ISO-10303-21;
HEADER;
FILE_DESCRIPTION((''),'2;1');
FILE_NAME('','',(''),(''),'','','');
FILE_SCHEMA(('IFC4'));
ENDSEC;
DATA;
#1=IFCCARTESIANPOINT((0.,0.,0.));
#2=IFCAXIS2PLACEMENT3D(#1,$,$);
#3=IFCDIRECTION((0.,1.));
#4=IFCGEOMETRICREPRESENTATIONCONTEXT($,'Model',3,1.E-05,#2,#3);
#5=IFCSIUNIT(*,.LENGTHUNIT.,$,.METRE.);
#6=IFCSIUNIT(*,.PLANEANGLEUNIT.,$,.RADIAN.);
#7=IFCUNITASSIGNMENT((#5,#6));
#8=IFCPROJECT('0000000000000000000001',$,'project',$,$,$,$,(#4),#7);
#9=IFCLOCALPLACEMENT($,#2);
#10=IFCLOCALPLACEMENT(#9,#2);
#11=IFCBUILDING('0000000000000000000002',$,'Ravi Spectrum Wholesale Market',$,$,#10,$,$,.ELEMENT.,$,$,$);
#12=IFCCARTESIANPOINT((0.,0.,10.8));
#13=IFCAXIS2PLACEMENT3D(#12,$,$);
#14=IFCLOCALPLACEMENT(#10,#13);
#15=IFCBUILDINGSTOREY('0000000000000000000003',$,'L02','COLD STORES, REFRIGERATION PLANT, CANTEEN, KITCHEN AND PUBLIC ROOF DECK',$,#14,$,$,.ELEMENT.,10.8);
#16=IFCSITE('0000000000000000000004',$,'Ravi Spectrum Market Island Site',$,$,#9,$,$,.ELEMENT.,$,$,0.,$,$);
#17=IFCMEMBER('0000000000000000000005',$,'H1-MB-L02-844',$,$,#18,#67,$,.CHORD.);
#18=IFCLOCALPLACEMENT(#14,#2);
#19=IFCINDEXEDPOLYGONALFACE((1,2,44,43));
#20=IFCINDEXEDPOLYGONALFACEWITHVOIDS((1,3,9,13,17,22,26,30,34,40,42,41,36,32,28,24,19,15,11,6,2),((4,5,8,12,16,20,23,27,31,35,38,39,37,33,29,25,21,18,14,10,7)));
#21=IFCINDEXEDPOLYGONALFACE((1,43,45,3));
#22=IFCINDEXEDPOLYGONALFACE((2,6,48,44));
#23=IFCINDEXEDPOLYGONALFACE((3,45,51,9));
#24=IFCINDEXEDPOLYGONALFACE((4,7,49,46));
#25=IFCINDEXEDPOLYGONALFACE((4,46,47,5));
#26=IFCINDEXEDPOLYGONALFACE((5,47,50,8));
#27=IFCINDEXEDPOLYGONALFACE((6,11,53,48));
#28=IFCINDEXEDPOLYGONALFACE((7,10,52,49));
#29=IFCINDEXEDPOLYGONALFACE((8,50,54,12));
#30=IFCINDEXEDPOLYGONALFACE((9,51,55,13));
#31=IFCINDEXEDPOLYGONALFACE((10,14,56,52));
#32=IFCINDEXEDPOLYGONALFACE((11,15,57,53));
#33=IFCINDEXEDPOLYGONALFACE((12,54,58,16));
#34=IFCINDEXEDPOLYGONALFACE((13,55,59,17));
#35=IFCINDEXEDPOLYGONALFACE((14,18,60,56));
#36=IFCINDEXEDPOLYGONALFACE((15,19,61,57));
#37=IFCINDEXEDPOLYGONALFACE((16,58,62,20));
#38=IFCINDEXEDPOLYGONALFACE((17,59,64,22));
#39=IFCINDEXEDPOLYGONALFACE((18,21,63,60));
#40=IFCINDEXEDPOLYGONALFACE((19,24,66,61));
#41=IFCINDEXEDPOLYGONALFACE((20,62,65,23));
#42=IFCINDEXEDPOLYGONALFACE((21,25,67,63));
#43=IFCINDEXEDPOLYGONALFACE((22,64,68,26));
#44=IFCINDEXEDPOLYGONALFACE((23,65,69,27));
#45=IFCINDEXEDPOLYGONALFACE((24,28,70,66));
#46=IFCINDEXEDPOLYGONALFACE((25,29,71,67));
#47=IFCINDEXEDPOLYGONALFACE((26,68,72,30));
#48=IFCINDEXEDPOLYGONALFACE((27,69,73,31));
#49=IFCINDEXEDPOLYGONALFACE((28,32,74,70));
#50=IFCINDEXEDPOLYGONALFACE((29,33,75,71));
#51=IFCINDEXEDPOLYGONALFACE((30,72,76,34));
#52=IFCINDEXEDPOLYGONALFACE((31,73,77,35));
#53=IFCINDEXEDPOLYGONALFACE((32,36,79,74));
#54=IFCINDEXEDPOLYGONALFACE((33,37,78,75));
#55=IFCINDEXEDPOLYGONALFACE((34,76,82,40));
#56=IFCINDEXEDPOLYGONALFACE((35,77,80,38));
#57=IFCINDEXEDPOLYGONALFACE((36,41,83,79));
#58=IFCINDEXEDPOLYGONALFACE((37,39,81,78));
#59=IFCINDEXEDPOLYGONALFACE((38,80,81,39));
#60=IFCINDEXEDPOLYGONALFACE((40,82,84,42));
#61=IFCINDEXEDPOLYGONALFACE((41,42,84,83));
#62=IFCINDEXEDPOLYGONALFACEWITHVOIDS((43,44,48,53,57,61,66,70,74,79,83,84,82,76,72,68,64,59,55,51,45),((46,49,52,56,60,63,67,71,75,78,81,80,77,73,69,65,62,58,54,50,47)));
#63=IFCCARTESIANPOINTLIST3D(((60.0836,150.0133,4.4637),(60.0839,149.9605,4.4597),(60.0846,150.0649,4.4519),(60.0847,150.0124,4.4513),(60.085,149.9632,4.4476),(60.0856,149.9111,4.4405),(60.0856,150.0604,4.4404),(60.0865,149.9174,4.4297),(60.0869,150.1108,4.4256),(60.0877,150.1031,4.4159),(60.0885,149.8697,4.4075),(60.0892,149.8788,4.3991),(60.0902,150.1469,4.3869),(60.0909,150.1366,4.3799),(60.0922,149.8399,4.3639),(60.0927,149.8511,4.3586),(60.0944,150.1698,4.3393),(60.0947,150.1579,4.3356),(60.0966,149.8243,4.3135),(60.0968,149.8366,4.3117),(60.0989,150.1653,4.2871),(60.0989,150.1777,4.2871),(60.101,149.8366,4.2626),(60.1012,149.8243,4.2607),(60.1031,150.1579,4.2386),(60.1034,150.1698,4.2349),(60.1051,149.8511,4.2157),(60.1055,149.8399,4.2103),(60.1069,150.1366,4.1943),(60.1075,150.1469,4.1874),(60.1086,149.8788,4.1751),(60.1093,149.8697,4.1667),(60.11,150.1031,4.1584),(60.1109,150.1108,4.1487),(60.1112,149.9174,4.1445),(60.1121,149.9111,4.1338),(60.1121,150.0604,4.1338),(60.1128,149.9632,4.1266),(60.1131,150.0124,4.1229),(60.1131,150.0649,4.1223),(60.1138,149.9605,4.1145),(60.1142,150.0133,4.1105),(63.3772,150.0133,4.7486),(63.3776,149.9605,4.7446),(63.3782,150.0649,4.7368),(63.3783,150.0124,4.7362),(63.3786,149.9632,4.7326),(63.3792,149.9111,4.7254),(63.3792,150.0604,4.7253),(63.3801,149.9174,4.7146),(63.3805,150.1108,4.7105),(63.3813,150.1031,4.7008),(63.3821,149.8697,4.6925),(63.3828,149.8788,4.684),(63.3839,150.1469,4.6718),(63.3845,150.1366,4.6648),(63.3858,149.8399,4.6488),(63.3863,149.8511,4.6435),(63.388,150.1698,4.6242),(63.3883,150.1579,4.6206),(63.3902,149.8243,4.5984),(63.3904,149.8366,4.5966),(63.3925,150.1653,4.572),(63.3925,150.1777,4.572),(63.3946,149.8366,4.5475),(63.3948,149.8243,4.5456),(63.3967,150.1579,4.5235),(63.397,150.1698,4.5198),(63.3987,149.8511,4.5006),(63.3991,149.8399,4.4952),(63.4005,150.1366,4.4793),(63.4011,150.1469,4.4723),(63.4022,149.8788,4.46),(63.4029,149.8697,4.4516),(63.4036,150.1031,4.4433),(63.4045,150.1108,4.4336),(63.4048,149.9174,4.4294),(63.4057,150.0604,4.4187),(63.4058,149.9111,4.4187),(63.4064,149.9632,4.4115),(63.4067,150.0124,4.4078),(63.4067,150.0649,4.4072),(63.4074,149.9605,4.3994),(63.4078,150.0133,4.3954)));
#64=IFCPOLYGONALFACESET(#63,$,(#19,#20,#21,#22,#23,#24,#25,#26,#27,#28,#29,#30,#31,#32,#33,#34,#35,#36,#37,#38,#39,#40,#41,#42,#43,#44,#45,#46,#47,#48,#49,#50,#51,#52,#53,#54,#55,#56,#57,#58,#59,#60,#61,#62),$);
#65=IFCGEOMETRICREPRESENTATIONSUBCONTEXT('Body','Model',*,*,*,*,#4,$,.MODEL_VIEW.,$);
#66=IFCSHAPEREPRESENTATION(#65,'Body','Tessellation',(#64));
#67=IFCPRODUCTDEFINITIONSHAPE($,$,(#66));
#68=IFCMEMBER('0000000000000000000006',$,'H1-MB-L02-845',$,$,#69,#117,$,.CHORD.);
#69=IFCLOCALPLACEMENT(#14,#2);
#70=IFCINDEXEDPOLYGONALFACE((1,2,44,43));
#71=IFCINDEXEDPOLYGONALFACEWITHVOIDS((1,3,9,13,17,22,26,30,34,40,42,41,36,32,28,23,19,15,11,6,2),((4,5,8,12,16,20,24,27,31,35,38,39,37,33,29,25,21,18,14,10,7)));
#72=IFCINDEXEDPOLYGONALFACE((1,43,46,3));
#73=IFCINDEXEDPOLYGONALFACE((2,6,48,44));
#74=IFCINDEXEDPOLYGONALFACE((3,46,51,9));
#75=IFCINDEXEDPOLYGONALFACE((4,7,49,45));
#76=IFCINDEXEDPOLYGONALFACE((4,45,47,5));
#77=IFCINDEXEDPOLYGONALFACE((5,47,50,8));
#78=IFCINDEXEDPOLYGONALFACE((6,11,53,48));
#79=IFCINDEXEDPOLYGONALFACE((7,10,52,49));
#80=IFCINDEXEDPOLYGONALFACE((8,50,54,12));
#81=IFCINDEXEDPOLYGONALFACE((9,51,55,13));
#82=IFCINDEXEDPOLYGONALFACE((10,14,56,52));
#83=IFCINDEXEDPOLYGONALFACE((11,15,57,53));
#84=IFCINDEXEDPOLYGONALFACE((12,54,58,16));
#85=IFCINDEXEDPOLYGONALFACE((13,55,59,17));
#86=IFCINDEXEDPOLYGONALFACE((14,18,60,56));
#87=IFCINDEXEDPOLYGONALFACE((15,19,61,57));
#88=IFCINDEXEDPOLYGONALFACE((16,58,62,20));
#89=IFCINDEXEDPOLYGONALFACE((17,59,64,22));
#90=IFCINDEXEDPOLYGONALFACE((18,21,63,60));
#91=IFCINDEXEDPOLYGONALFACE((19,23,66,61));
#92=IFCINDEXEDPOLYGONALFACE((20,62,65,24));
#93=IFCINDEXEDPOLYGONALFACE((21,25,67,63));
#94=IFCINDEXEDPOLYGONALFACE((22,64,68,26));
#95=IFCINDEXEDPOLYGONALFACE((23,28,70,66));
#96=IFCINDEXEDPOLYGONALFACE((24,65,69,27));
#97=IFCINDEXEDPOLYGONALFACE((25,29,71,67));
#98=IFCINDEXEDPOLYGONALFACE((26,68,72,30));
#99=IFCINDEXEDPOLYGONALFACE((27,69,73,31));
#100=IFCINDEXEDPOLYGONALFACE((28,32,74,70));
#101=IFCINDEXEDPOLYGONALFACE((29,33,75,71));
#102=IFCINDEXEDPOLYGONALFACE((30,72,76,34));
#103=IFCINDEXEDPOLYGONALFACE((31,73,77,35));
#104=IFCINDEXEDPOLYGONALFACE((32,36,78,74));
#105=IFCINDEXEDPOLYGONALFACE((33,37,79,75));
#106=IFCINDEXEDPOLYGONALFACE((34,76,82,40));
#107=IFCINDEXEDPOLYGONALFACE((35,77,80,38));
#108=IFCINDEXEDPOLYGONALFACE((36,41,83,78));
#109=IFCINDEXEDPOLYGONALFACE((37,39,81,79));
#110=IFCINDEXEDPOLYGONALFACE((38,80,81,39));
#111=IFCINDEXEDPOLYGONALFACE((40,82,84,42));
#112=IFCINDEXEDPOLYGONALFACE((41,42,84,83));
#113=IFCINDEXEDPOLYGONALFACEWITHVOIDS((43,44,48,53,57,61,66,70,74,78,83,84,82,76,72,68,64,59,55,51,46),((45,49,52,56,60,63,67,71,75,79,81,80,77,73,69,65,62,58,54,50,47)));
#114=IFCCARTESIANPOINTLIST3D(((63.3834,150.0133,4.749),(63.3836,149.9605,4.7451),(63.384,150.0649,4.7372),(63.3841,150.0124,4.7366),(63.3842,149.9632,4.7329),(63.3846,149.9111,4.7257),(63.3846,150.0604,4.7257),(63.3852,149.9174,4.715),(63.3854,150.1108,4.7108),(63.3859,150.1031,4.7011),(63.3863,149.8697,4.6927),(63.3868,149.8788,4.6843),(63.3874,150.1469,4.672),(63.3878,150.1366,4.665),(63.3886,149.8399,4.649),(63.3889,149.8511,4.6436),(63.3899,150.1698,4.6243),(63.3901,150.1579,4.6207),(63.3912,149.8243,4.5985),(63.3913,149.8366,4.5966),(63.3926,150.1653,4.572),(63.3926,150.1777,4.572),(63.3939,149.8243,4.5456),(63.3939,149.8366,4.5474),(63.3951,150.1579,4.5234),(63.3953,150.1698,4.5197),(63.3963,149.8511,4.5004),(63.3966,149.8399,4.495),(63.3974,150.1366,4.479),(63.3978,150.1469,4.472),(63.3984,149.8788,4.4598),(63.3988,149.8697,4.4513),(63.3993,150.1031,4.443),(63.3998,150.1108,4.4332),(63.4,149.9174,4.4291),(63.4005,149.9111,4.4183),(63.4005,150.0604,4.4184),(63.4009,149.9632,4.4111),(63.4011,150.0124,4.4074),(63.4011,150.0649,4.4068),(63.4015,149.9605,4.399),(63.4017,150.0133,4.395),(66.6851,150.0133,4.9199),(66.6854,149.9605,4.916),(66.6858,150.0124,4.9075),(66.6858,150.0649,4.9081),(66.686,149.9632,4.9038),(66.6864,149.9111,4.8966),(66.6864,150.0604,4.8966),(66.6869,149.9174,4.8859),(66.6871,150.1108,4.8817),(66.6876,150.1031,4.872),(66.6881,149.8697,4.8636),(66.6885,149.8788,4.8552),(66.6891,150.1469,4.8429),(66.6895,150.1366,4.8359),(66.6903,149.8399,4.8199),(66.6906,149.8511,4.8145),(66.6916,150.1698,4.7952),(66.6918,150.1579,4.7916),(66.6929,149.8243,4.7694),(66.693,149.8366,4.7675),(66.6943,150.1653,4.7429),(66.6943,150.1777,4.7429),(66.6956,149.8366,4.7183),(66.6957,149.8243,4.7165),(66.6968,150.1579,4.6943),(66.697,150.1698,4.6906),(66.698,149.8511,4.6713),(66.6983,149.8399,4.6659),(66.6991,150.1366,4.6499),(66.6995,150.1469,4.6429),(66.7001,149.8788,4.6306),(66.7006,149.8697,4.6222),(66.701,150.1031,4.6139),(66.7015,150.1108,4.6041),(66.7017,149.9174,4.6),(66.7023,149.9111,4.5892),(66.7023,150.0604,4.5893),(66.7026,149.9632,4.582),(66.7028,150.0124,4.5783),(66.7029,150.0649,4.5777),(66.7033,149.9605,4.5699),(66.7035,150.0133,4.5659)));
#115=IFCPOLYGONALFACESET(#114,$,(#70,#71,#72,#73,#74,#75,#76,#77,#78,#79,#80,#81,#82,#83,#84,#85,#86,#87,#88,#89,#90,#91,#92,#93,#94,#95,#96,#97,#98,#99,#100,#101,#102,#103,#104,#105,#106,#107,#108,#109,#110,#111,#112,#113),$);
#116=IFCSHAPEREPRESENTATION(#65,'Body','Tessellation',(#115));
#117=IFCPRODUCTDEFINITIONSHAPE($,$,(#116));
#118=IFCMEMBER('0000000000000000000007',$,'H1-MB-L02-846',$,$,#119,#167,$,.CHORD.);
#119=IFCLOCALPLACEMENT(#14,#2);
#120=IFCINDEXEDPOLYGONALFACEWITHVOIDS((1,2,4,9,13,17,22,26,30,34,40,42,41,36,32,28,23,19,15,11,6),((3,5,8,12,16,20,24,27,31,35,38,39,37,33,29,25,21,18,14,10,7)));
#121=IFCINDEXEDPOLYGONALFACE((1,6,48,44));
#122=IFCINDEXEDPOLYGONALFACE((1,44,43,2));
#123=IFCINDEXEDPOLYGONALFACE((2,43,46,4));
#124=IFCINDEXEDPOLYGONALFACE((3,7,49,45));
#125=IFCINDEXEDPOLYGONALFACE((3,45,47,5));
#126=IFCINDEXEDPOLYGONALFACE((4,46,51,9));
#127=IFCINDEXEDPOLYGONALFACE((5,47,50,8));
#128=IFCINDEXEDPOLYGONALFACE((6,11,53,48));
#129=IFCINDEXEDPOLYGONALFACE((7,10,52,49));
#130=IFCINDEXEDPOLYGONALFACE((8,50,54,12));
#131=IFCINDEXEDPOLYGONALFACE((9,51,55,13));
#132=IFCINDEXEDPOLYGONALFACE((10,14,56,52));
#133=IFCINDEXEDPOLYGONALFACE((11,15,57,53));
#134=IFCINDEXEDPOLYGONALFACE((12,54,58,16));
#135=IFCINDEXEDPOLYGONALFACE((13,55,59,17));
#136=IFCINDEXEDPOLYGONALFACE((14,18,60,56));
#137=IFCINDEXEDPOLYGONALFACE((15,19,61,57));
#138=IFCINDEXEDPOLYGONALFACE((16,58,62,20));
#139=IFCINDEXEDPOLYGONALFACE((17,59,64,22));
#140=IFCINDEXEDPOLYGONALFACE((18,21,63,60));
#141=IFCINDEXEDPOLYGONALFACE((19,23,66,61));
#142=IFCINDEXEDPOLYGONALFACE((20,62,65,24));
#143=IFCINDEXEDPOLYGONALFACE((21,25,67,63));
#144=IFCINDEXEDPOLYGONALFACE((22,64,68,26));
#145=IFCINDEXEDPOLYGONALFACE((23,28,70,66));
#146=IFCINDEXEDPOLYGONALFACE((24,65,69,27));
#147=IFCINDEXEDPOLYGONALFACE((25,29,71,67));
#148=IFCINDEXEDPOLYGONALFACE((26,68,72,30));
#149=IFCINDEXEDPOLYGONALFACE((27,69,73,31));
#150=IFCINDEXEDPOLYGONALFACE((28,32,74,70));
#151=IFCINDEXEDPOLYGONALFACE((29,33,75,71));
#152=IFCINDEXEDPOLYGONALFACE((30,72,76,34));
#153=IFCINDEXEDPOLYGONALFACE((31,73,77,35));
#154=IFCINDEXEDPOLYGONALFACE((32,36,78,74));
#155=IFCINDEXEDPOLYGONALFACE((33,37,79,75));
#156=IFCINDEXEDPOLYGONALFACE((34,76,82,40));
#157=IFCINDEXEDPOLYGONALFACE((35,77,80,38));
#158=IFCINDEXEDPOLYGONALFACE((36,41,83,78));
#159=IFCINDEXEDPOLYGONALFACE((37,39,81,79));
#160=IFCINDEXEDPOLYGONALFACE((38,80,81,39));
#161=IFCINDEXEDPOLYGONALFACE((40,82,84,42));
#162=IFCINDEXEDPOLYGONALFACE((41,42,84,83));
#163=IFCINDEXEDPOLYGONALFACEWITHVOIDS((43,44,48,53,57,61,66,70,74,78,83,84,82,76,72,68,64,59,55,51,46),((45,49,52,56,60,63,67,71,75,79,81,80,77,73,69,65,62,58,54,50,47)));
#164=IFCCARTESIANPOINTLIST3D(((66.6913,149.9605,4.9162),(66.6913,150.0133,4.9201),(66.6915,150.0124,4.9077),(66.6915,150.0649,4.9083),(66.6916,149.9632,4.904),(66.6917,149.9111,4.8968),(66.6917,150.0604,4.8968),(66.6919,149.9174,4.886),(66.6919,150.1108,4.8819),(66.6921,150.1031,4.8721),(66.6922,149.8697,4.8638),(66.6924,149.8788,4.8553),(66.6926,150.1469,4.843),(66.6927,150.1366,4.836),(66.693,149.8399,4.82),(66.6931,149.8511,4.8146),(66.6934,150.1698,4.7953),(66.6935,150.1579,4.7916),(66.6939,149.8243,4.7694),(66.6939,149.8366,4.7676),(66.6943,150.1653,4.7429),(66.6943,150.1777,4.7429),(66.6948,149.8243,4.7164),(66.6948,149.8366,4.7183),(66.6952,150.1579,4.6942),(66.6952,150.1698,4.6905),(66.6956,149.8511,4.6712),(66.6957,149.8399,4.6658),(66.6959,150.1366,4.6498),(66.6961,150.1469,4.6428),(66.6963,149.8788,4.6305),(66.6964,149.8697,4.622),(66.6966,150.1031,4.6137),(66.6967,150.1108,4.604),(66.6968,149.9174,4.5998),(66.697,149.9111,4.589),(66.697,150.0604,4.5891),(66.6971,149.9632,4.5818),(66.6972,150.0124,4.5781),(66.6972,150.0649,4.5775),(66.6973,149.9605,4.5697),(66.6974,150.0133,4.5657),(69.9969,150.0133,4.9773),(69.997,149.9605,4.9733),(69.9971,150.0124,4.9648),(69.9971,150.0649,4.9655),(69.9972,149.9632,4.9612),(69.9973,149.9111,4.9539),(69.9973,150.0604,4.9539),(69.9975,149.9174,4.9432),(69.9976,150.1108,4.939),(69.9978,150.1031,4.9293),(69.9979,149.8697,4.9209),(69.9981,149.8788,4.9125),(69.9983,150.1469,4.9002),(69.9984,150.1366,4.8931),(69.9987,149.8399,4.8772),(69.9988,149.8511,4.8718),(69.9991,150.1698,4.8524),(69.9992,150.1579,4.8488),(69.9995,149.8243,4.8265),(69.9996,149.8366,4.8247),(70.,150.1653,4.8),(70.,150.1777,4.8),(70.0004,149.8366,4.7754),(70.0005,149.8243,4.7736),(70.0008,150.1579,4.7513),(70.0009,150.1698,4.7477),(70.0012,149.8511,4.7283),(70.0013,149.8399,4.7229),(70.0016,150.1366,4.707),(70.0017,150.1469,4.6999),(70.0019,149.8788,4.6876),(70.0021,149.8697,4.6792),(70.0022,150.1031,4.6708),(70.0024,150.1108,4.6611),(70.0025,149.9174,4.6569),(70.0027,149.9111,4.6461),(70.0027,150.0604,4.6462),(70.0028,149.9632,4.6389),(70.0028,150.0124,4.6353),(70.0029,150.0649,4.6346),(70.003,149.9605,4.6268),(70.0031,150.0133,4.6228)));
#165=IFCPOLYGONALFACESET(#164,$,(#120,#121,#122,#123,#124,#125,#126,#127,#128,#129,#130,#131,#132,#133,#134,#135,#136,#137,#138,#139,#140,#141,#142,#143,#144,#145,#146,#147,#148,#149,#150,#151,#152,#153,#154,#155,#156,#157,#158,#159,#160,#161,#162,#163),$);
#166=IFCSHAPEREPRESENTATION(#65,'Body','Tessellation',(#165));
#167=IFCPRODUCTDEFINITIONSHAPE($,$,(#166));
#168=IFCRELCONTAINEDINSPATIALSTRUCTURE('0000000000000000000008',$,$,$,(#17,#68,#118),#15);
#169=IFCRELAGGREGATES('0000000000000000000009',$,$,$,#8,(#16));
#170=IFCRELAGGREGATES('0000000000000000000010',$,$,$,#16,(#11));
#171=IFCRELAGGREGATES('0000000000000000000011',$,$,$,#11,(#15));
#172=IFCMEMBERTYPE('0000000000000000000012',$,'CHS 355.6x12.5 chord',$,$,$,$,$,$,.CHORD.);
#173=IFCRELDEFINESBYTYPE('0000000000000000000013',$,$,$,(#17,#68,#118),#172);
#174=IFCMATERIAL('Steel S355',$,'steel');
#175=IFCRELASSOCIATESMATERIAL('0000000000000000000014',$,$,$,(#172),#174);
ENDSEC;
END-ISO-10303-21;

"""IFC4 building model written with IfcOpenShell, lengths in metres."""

from ifc_helpers import new_model, si_unit, direction, frame, origin, origin_2d, place, context, subcontext, project, spatial, hollow_circle, extrude, material, material_profile, profile_set, type_object, element, save


model = new_model("IFC4")

# Units and contexts
model_context = context("Model", 3, precision=1e-05, world=origin(), true_north=direction((0.0, 1.0)))
body_context = subcontext(model_context, "Body", "Model", "MODEL_VIEW")
ifc_project = project(units=[si_unit("LENGTHUNIT", "METRE"), si_unit("PLANEANGLEUNIT", "RADIAN")], contexts=[model_context])

# Site, building, storey
site_placement = place(None, origin())
site = spatial("IfcSite", under=ifc_project, at=site_placement, Name="Ravi Spectrum Market Island Site", CompositionType="ELEMENT", RefElevation=0.0)
building_placement = place(site_placement, origin())
building = spatial("IfcBuilding", under=site, at=building_placement, Name="Ravi Spectrum Wholesale Market", CompositionType="ELEMENT")
storey_placement = place(building_placement, frame((0.0, 0.0, 10.8)))
storey = spatial("IfcBuildingStorey", under=building, at=storey_placement, Name="L02", Description="COLD STORES, REFRIGERATION PLANT, CANTEEN, KITCHEN AND PUBLIC ROOF DECK", CompositionType="ELEMENT", Elevation=10.8)

# Members
ifc_material_1 = material(Name="Steel S355", Category="steel")
ifc_material_profile_1 = material_profile(ifc_material_1, hollow_circle(Radius=0.1777, WallThickness=0.0125, at=origin_2d()))
ifc_profile_set_1 = profile_set([ifc_material_profile_1], Name="Steel S355")
member_type_1 = type_object("IfcMemberType", Name="CHS 355.6x12.5 chord", PredefinedType="CHORD", material=ifc_profile_set_1)
member_1_placement = place(storey_placement, frame((60.0989, 150.0, 4.2871), z_axis=(0.99628, 0.0, 0.08618), x_axis=(0.0, 1.0, 0.0)))
element("IfcMember", 1, at=member_1_placement, inside=storey, type_object=member_type_1, Name="H1-MB-L02-844", PredefinedType="CHORD", context=body_context, shape_type="SweptSolid", body=[
    extrude(hollow_circle(Radius=0.1777, WallThickness=0.0125, at=origin_2d()), origin(), (0.0, 0.0, 1.0), 3.3059),
])
for number, where, z_axis, x_axis, name in (
    (2, (63.3926, 150.0, 4.572), (0.998663, 0.0, 0.051691), (0.0, 1.0, 0.0), "H1-MB-L02-845"),
    (3, (66.6943, 150.0, 4.7429), (0.999851, 0.0, 0.01728), (0.0, 1.0, 0.0), "H1-MB-L02-846"),
):
    element("IfcMember", number, at=place(storey_placement, frame(where, z_axis=z_axis, x_axis=x_axis)), inside=storey, type_object=member_type_1, Name=name, PredefinedType="CHORD", context=body_context, shape_type="SweptSolid", body=[
        extrude(hollow_circle(Radius=0.1777, WallThickness=0.0125, at=origin_2d()), origin(), (0.0, 0.0, 1.0), 3.3062),
    ])

save(model, "model.ifc")
